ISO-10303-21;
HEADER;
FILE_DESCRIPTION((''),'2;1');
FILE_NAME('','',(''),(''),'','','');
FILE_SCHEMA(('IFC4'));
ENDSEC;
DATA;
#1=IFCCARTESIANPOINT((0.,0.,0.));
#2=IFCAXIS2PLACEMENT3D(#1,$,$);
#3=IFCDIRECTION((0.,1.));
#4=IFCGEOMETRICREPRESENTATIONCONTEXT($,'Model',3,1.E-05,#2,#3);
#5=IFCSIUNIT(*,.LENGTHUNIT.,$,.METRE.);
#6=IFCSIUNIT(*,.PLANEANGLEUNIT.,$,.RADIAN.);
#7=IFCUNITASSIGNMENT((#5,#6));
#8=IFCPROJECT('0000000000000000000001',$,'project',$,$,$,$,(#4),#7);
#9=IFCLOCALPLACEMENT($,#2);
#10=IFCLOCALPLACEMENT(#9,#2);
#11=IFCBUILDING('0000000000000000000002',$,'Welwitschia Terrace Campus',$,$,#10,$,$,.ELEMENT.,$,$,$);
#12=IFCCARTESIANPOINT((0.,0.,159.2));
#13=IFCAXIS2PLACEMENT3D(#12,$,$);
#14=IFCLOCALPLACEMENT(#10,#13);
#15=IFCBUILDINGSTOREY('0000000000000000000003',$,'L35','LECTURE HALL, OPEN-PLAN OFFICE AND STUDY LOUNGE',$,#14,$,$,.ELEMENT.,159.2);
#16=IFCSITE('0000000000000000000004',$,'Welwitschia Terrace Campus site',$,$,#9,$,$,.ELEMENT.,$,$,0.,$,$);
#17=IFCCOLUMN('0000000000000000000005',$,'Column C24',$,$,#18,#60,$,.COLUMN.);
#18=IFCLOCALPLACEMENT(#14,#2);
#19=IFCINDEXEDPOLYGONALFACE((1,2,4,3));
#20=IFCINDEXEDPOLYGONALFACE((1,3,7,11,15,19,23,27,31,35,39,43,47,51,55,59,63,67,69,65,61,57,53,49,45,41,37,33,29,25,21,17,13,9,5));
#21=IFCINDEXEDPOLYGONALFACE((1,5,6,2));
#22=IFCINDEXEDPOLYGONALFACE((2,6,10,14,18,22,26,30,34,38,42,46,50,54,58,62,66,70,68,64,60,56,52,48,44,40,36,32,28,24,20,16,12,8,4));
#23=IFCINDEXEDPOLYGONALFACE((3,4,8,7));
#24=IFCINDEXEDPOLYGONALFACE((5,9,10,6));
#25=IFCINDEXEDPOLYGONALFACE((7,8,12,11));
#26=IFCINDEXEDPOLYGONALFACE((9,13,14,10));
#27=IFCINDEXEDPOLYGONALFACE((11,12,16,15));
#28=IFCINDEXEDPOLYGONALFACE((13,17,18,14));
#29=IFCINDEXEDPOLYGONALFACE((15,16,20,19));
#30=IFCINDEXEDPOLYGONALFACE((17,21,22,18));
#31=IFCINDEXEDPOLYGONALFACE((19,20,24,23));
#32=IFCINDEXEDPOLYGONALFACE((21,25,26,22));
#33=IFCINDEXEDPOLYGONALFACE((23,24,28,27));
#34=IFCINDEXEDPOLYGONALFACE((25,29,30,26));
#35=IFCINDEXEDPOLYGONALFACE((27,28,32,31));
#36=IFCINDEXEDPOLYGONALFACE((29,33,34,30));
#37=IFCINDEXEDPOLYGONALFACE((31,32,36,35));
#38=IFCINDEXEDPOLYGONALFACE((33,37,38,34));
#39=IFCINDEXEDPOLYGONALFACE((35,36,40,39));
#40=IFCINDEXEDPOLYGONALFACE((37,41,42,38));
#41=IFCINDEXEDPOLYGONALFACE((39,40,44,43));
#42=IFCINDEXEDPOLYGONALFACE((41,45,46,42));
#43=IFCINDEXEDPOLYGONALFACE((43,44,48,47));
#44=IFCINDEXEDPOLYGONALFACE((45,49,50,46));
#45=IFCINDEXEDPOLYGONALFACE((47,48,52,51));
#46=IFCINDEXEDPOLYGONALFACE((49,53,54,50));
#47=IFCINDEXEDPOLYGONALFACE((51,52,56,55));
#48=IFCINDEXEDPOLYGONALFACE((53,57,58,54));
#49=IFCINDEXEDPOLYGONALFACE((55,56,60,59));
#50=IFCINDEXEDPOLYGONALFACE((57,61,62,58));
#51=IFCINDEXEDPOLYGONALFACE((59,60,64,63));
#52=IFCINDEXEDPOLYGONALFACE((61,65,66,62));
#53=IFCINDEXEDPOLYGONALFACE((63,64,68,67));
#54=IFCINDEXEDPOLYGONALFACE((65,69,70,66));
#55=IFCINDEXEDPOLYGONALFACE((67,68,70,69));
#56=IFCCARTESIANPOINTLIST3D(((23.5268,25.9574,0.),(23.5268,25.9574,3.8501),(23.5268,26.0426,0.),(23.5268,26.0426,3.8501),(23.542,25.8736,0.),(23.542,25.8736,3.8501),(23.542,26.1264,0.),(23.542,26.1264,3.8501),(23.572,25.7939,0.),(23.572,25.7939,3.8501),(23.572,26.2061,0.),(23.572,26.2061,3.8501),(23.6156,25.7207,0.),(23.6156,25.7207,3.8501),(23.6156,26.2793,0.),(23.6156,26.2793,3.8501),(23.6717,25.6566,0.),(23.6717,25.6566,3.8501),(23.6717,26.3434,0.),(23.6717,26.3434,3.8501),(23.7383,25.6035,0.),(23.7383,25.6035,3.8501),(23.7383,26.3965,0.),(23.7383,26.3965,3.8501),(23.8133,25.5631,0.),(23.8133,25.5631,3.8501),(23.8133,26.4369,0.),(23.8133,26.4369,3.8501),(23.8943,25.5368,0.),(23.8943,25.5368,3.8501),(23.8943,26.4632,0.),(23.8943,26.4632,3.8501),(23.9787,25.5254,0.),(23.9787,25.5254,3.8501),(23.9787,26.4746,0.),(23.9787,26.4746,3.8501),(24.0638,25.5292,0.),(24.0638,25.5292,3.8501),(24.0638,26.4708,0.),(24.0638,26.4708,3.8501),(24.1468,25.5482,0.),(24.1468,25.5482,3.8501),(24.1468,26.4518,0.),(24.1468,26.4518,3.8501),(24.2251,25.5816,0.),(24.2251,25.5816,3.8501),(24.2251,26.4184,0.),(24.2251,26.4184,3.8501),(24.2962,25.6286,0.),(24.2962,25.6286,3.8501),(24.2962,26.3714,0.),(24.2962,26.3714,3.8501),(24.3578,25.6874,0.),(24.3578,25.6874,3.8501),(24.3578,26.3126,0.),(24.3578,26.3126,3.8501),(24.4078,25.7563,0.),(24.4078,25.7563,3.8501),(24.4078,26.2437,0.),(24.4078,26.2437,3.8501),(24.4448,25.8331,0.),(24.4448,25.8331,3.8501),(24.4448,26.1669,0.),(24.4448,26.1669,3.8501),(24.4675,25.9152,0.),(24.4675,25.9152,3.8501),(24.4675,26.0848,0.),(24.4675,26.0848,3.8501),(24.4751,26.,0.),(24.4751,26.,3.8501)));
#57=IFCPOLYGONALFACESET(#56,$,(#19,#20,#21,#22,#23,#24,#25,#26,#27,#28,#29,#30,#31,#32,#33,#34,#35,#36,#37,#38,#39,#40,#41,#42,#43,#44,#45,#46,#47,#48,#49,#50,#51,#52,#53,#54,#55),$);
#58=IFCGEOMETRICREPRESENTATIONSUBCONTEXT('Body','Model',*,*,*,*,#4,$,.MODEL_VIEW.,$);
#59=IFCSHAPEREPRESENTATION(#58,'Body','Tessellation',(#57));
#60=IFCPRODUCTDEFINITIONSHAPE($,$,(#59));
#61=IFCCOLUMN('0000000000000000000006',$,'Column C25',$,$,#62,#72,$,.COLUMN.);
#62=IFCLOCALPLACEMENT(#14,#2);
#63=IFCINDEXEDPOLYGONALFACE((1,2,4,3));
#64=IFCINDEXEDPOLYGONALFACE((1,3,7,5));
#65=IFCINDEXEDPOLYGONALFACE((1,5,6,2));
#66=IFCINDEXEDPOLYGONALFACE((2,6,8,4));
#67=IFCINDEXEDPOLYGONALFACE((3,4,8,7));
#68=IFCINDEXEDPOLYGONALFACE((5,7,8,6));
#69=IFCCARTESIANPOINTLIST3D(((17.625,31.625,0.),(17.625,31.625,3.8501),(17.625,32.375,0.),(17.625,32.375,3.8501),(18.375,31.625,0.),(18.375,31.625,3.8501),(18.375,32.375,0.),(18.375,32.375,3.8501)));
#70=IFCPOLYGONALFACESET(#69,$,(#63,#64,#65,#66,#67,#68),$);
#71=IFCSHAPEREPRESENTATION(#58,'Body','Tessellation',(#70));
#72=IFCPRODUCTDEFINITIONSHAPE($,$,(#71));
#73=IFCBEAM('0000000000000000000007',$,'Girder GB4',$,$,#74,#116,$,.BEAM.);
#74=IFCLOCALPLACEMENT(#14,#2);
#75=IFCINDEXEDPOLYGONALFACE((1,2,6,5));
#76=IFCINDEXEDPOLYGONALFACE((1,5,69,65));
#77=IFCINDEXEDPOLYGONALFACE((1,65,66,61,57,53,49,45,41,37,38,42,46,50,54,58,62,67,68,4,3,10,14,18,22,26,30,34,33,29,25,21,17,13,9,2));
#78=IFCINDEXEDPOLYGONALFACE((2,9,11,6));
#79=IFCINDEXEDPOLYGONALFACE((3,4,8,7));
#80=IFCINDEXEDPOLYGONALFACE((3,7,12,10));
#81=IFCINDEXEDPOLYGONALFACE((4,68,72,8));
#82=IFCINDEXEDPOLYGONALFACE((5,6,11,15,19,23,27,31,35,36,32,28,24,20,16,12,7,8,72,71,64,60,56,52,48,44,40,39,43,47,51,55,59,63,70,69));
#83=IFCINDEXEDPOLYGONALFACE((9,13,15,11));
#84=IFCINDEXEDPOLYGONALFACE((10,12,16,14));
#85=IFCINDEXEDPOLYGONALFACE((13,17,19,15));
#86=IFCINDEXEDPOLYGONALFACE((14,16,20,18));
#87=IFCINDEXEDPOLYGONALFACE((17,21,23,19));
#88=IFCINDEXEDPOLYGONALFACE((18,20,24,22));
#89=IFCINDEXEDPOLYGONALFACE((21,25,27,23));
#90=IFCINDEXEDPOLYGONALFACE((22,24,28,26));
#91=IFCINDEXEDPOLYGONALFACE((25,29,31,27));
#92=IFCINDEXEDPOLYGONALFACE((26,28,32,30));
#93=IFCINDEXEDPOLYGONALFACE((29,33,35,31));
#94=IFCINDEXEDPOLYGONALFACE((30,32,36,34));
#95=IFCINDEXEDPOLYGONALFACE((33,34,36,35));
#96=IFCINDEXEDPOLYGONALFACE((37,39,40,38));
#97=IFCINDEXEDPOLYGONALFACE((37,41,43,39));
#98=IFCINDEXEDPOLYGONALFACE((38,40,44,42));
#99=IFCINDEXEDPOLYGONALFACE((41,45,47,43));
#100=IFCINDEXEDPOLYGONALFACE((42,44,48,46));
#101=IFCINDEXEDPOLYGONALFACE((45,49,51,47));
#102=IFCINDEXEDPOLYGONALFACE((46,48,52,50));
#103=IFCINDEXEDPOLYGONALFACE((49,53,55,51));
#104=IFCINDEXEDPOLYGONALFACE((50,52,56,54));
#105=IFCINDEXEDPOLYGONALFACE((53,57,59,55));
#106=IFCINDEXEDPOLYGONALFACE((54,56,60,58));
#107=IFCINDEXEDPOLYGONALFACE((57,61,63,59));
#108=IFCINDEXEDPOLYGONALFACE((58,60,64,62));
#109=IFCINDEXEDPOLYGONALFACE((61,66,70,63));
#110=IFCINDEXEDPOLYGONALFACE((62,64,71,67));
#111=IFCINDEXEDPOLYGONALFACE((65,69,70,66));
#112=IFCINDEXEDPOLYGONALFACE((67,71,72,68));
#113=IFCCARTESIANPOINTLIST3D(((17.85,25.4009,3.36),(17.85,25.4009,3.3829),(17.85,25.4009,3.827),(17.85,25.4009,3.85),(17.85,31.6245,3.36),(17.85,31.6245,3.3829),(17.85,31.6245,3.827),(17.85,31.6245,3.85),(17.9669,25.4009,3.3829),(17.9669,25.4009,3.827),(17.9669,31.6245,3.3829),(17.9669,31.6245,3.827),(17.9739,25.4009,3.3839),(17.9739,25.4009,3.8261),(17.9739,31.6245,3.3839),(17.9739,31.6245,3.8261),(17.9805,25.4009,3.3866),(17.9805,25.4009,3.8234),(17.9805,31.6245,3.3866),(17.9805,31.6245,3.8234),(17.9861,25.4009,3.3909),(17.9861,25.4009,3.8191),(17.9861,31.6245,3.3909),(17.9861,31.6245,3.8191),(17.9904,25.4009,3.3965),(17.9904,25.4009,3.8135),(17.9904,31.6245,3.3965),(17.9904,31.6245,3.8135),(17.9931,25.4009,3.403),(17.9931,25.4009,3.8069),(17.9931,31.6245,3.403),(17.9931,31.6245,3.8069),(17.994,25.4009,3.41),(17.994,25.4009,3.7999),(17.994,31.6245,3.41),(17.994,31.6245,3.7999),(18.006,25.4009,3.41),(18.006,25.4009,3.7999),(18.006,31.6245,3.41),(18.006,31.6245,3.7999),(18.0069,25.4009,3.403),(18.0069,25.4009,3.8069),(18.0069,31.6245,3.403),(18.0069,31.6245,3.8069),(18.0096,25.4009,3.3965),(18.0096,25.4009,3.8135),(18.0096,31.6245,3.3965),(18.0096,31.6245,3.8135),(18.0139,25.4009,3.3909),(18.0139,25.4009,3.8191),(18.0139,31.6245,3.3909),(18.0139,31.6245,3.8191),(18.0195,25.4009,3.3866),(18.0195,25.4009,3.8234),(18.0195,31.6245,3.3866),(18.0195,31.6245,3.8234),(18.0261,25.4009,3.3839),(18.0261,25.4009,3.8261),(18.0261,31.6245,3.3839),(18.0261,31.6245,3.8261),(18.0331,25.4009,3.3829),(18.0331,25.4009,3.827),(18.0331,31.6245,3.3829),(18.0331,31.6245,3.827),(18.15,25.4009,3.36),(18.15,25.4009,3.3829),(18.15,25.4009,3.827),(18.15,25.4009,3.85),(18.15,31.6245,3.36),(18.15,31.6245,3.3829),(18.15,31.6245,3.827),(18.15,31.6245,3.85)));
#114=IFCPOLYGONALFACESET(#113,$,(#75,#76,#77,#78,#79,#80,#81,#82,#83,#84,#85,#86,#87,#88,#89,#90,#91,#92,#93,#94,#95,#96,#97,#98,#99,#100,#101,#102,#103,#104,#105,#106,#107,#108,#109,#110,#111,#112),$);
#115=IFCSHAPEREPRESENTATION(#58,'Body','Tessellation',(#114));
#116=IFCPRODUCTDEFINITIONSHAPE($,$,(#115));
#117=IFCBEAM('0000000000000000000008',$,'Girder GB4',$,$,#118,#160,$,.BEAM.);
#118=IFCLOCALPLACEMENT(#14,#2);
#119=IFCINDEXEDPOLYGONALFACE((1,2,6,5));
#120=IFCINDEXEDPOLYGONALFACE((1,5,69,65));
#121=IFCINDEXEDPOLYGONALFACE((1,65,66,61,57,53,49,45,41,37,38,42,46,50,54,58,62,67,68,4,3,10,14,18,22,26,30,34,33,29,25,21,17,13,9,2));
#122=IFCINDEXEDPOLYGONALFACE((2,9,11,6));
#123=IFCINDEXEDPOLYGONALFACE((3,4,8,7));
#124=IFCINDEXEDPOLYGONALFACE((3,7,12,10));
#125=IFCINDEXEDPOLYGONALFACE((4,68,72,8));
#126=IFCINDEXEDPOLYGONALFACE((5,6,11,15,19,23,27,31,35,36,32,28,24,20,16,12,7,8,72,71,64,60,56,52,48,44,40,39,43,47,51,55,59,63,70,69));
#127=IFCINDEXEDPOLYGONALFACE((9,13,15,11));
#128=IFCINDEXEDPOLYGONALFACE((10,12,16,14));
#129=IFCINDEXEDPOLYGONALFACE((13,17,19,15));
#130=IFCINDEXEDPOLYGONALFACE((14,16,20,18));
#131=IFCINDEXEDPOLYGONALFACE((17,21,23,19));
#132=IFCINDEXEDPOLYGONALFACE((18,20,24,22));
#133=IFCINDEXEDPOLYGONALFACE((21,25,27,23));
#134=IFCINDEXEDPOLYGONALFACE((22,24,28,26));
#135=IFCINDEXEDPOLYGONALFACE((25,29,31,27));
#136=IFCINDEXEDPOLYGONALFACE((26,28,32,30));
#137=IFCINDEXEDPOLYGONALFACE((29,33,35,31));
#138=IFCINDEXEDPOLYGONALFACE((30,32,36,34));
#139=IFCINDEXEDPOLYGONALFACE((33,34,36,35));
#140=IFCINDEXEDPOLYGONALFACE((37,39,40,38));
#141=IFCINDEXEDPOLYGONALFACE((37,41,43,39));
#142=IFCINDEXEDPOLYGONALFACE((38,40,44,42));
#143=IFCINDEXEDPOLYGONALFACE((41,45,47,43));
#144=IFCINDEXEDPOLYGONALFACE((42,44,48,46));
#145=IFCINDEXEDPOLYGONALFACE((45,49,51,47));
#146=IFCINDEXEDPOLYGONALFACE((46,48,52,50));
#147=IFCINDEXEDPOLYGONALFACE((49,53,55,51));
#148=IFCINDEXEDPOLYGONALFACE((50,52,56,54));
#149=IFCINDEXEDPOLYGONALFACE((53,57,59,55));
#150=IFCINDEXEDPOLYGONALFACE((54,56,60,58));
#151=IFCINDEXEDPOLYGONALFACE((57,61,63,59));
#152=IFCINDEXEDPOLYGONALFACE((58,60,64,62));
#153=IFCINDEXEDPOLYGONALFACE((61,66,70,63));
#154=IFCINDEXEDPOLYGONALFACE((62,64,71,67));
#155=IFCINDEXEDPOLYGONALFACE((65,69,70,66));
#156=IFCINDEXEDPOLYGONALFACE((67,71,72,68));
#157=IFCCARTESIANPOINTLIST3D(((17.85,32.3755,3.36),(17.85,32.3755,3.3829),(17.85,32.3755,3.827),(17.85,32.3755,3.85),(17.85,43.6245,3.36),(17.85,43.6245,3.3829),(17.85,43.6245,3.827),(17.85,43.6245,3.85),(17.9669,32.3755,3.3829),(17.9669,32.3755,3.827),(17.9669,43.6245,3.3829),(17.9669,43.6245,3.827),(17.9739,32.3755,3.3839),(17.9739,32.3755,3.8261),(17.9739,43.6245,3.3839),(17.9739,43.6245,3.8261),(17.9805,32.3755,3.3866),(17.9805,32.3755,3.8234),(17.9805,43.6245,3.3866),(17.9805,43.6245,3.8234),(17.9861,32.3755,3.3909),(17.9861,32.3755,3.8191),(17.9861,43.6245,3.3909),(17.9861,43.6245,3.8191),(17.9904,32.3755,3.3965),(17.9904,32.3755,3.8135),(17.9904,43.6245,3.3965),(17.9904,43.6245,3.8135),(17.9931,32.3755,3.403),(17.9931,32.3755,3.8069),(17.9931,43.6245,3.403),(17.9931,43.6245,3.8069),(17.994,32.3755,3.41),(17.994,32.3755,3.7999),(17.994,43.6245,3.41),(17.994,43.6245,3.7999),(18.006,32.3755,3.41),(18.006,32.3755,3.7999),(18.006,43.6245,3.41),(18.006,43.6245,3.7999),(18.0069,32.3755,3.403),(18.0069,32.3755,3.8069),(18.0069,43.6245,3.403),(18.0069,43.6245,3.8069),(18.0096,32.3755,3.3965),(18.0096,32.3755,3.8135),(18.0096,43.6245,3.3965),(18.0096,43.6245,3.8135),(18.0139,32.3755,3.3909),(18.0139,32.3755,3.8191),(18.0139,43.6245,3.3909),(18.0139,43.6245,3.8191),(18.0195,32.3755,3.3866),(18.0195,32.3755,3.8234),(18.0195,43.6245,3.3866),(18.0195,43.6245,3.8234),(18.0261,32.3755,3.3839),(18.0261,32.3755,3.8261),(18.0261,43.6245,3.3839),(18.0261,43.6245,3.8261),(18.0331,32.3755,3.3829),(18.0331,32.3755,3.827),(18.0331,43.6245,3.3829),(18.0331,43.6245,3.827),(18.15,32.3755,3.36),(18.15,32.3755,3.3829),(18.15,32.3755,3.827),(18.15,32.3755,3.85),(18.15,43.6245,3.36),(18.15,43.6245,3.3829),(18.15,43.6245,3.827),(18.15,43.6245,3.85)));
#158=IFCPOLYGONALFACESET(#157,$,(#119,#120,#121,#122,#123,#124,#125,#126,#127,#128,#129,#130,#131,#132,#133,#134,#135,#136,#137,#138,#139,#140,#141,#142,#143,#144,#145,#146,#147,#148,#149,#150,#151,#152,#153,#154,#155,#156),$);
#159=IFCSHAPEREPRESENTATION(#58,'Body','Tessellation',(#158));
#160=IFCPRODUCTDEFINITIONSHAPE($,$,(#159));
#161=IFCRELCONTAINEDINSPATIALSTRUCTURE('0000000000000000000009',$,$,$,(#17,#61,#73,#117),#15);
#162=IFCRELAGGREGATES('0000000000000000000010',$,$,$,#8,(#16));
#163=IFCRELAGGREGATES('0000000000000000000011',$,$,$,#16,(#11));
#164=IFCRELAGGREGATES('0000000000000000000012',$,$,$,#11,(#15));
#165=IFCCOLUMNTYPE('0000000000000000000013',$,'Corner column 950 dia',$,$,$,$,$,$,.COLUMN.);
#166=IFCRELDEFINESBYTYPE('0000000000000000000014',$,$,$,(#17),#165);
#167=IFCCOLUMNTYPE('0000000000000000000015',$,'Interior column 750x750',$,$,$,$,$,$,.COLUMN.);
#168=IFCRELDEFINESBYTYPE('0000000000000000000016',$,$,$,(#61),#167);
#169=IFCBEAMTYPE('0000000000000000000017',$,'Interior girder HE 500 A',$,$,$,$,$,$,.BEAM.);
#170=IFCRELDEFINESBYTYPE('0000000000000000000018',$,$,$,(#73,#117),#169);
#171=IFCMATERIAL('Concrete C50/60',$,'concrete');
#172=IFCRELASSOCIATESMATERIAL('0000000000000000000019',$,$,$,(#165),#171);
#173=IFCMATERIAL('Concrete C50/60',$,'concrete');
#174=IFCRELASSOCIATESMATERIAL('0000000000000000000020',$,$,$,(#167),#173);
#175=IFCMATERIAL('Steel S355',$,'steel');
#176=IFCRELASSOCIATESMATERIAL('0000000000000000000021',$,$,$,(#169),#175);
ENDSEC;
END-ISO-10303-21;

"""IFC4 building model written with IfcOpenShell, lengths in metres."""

from ifc_helpers import new_model, si_unit, direction, frame, origin, origin_2d, place, context, subcontext, project, spatial, rectangle, circle, i_section, extrude, material, material_profile, profile_set, type_object, element, save


model = new_model("IFC4")

# Units and contexts
model_context = context("Model", 3, precision=1e-05, world=origin(), true_north=direction((0.0, 1.0)))
body_context = subcontext(model_context, "Body", "Model", "MODEL_VIEW")
ifc_project = project(units=[si_unit("LENGTHUNIT", "METRE"), si_unit("PLANEANGLEUNIT", "RADIAN")], contexts=[model_context])

# Site, building, storey
site_placement = place(None, origin())
site = spatial("IfcSite", under=ifc_project, at=site_placement, Name="Welwitschia Terrace Campus site", CompositionType="ELEMENT", RefElevation=0.0)
building_placement = place(site_placement, origin())
building = spatial("IfcBuilding", under=site, at=building_placement, Name="Welwitschia Terrace Campus", CompositionType="ELEMENT")
storey_placement = place(building_placement, frame((0.0, 0.0, 159.2)))
storey = spatial("IfcBuildingStorey", under=building, at=storey_placement, Name="L35", Description="LECTURE HALL, OPEN-PLAN OFFICE AND STUDY LOUNGE", CompositionType="ELEMENT", Elevation=159.2)

# Columns
ifc_material_1 = material(Name="Concrete C50/60", Category="concrete")
ifc_material_profile_1 = material_profile(ifc_material_1, circle(Radius=0.4751, at=origin_2d()))
ifc_profile_set_1 = profile_set([ifc_material_profile_1], Name="Concrete C50/60")
column_type_1 = type_object("IfcColumnType", Name="Corner column 950 dia", PredefinedType="COLUMN", material=ifc_profile_set_1)
column_1_placement = place(storey_placement, frame((24.0, 26.0, 0.0), z_axis=(0.0, 0.0, 1.0), x_axis=(1.0, 0.0, 0.0)))
element("IfcColumn", 1, at=column_1_placement, inside=storey, type_object=column_type_1, Name="Column C24", PredefinedType="COLUMN", context=body_context, shape_type="SweptSolid", body=[
    extrude(circle(Radius=0.4751, at=origin_2d()), origin(), (0.0, 0.0, 1.0), 3.8501),
])
ifc_material_2 = material(Name="Concrete C50/60", Category="concrete")
ifc_material_profile_2 = material_profile(ifc_material_2, rectangle(XDim=0.75, YDim=0.75, at=origin_2d()))
ifc_profile_set_2 = profile_set([ifc_material_profile_2], Name="Concrete C50/60")
column_type_2 = type_object("IfcColumnType", Name="Interior column 750x750", PredefinedType="COLUMN", material=ifc_profile_set_2)
column_2_placement = place(storey_placement, frame((18.0, 32.0, 0.0), z_axis=(0.0, 0.0, 1.0), x_axis=(1.0, 0.0, 0.0)))
element("IfcColumn", 2, at=column_2_placement, inside=storey, type_object=column_type_2, Name="Column C25", PredefinedType="COLUMN", context=body_context, shape_type="SweptSolid", body=[
    extrude(rectangle(XDim=0.75, YDim=0.75, at=origin_2d()), origin(), (0.0, 0.0, 1.0), 3.8501),
])

# Beams
ifc_material_3 = material(Name="Steel S355", Category="steel")
ifc_material_profile_3 = material_profile(ifc_material_3, i_section(OverallWidth=0.3, OverallDepth=0.49, WebThickness=0.012, FlangeThickness=0.0229, FilletRadius=0.0271, at=origin_2d()))
ifc_profile_set_3 = profile_set([ifc_material_profile_3], Name="Steel S355")
beam_type_1 = type_object("IfcBeamType", Name="Interior girder HE 500 A", PredefinedType="BEAM", material=ifc_profile_set_3)
beam_1_placement = place(storey_placement, frame((18.0, 25.4009, 3.605), z_axis=(0.0, 1.0, 0.0), x_axis=(-1.0, 0.0, 0.0)))
element("IfcBeam", 3, at=beam_1_placement, inside=storey, type_object=beam_type_1, Name="Girder GB4", PredefinedType="BEAM", context=body_context, shape_type="SweptSolid", body=[
    extrude(i_section(OverallWidth=0.3, OverallDepth=0.49, WebThickness=0.012, FlangeThickness=0.0229, FilletRadius=0.0271, at=origin_2d()), origin(), (0.0, 0.0, 1.0), 6.2236),
])
beam_2_placement = place(storey_placement, frame((18.0, 32.3755, 3.605), z_axis=(0.0, 1.0, 0.0), x_axis=(-1.0, 0.0, 0.0)))
element("IfcBeam", 4, at=beam_2_placement, inside=storey, type_object=beam_type_1, Name="Girder GB4", PredefinedType="BEAM", context=body_context, shape_type="SweptSolid", body=[
    extrude(i_section(OverallWidth=0.3, OverallDepth=0.49, WebThickness=0.012, FlangeThickness=0.0229, FilletRadius=0.0271, at=origin_2d()), origin(), (0.0, 0.0, 1.0), 11.249),
])

save(model, "model.ifc")
